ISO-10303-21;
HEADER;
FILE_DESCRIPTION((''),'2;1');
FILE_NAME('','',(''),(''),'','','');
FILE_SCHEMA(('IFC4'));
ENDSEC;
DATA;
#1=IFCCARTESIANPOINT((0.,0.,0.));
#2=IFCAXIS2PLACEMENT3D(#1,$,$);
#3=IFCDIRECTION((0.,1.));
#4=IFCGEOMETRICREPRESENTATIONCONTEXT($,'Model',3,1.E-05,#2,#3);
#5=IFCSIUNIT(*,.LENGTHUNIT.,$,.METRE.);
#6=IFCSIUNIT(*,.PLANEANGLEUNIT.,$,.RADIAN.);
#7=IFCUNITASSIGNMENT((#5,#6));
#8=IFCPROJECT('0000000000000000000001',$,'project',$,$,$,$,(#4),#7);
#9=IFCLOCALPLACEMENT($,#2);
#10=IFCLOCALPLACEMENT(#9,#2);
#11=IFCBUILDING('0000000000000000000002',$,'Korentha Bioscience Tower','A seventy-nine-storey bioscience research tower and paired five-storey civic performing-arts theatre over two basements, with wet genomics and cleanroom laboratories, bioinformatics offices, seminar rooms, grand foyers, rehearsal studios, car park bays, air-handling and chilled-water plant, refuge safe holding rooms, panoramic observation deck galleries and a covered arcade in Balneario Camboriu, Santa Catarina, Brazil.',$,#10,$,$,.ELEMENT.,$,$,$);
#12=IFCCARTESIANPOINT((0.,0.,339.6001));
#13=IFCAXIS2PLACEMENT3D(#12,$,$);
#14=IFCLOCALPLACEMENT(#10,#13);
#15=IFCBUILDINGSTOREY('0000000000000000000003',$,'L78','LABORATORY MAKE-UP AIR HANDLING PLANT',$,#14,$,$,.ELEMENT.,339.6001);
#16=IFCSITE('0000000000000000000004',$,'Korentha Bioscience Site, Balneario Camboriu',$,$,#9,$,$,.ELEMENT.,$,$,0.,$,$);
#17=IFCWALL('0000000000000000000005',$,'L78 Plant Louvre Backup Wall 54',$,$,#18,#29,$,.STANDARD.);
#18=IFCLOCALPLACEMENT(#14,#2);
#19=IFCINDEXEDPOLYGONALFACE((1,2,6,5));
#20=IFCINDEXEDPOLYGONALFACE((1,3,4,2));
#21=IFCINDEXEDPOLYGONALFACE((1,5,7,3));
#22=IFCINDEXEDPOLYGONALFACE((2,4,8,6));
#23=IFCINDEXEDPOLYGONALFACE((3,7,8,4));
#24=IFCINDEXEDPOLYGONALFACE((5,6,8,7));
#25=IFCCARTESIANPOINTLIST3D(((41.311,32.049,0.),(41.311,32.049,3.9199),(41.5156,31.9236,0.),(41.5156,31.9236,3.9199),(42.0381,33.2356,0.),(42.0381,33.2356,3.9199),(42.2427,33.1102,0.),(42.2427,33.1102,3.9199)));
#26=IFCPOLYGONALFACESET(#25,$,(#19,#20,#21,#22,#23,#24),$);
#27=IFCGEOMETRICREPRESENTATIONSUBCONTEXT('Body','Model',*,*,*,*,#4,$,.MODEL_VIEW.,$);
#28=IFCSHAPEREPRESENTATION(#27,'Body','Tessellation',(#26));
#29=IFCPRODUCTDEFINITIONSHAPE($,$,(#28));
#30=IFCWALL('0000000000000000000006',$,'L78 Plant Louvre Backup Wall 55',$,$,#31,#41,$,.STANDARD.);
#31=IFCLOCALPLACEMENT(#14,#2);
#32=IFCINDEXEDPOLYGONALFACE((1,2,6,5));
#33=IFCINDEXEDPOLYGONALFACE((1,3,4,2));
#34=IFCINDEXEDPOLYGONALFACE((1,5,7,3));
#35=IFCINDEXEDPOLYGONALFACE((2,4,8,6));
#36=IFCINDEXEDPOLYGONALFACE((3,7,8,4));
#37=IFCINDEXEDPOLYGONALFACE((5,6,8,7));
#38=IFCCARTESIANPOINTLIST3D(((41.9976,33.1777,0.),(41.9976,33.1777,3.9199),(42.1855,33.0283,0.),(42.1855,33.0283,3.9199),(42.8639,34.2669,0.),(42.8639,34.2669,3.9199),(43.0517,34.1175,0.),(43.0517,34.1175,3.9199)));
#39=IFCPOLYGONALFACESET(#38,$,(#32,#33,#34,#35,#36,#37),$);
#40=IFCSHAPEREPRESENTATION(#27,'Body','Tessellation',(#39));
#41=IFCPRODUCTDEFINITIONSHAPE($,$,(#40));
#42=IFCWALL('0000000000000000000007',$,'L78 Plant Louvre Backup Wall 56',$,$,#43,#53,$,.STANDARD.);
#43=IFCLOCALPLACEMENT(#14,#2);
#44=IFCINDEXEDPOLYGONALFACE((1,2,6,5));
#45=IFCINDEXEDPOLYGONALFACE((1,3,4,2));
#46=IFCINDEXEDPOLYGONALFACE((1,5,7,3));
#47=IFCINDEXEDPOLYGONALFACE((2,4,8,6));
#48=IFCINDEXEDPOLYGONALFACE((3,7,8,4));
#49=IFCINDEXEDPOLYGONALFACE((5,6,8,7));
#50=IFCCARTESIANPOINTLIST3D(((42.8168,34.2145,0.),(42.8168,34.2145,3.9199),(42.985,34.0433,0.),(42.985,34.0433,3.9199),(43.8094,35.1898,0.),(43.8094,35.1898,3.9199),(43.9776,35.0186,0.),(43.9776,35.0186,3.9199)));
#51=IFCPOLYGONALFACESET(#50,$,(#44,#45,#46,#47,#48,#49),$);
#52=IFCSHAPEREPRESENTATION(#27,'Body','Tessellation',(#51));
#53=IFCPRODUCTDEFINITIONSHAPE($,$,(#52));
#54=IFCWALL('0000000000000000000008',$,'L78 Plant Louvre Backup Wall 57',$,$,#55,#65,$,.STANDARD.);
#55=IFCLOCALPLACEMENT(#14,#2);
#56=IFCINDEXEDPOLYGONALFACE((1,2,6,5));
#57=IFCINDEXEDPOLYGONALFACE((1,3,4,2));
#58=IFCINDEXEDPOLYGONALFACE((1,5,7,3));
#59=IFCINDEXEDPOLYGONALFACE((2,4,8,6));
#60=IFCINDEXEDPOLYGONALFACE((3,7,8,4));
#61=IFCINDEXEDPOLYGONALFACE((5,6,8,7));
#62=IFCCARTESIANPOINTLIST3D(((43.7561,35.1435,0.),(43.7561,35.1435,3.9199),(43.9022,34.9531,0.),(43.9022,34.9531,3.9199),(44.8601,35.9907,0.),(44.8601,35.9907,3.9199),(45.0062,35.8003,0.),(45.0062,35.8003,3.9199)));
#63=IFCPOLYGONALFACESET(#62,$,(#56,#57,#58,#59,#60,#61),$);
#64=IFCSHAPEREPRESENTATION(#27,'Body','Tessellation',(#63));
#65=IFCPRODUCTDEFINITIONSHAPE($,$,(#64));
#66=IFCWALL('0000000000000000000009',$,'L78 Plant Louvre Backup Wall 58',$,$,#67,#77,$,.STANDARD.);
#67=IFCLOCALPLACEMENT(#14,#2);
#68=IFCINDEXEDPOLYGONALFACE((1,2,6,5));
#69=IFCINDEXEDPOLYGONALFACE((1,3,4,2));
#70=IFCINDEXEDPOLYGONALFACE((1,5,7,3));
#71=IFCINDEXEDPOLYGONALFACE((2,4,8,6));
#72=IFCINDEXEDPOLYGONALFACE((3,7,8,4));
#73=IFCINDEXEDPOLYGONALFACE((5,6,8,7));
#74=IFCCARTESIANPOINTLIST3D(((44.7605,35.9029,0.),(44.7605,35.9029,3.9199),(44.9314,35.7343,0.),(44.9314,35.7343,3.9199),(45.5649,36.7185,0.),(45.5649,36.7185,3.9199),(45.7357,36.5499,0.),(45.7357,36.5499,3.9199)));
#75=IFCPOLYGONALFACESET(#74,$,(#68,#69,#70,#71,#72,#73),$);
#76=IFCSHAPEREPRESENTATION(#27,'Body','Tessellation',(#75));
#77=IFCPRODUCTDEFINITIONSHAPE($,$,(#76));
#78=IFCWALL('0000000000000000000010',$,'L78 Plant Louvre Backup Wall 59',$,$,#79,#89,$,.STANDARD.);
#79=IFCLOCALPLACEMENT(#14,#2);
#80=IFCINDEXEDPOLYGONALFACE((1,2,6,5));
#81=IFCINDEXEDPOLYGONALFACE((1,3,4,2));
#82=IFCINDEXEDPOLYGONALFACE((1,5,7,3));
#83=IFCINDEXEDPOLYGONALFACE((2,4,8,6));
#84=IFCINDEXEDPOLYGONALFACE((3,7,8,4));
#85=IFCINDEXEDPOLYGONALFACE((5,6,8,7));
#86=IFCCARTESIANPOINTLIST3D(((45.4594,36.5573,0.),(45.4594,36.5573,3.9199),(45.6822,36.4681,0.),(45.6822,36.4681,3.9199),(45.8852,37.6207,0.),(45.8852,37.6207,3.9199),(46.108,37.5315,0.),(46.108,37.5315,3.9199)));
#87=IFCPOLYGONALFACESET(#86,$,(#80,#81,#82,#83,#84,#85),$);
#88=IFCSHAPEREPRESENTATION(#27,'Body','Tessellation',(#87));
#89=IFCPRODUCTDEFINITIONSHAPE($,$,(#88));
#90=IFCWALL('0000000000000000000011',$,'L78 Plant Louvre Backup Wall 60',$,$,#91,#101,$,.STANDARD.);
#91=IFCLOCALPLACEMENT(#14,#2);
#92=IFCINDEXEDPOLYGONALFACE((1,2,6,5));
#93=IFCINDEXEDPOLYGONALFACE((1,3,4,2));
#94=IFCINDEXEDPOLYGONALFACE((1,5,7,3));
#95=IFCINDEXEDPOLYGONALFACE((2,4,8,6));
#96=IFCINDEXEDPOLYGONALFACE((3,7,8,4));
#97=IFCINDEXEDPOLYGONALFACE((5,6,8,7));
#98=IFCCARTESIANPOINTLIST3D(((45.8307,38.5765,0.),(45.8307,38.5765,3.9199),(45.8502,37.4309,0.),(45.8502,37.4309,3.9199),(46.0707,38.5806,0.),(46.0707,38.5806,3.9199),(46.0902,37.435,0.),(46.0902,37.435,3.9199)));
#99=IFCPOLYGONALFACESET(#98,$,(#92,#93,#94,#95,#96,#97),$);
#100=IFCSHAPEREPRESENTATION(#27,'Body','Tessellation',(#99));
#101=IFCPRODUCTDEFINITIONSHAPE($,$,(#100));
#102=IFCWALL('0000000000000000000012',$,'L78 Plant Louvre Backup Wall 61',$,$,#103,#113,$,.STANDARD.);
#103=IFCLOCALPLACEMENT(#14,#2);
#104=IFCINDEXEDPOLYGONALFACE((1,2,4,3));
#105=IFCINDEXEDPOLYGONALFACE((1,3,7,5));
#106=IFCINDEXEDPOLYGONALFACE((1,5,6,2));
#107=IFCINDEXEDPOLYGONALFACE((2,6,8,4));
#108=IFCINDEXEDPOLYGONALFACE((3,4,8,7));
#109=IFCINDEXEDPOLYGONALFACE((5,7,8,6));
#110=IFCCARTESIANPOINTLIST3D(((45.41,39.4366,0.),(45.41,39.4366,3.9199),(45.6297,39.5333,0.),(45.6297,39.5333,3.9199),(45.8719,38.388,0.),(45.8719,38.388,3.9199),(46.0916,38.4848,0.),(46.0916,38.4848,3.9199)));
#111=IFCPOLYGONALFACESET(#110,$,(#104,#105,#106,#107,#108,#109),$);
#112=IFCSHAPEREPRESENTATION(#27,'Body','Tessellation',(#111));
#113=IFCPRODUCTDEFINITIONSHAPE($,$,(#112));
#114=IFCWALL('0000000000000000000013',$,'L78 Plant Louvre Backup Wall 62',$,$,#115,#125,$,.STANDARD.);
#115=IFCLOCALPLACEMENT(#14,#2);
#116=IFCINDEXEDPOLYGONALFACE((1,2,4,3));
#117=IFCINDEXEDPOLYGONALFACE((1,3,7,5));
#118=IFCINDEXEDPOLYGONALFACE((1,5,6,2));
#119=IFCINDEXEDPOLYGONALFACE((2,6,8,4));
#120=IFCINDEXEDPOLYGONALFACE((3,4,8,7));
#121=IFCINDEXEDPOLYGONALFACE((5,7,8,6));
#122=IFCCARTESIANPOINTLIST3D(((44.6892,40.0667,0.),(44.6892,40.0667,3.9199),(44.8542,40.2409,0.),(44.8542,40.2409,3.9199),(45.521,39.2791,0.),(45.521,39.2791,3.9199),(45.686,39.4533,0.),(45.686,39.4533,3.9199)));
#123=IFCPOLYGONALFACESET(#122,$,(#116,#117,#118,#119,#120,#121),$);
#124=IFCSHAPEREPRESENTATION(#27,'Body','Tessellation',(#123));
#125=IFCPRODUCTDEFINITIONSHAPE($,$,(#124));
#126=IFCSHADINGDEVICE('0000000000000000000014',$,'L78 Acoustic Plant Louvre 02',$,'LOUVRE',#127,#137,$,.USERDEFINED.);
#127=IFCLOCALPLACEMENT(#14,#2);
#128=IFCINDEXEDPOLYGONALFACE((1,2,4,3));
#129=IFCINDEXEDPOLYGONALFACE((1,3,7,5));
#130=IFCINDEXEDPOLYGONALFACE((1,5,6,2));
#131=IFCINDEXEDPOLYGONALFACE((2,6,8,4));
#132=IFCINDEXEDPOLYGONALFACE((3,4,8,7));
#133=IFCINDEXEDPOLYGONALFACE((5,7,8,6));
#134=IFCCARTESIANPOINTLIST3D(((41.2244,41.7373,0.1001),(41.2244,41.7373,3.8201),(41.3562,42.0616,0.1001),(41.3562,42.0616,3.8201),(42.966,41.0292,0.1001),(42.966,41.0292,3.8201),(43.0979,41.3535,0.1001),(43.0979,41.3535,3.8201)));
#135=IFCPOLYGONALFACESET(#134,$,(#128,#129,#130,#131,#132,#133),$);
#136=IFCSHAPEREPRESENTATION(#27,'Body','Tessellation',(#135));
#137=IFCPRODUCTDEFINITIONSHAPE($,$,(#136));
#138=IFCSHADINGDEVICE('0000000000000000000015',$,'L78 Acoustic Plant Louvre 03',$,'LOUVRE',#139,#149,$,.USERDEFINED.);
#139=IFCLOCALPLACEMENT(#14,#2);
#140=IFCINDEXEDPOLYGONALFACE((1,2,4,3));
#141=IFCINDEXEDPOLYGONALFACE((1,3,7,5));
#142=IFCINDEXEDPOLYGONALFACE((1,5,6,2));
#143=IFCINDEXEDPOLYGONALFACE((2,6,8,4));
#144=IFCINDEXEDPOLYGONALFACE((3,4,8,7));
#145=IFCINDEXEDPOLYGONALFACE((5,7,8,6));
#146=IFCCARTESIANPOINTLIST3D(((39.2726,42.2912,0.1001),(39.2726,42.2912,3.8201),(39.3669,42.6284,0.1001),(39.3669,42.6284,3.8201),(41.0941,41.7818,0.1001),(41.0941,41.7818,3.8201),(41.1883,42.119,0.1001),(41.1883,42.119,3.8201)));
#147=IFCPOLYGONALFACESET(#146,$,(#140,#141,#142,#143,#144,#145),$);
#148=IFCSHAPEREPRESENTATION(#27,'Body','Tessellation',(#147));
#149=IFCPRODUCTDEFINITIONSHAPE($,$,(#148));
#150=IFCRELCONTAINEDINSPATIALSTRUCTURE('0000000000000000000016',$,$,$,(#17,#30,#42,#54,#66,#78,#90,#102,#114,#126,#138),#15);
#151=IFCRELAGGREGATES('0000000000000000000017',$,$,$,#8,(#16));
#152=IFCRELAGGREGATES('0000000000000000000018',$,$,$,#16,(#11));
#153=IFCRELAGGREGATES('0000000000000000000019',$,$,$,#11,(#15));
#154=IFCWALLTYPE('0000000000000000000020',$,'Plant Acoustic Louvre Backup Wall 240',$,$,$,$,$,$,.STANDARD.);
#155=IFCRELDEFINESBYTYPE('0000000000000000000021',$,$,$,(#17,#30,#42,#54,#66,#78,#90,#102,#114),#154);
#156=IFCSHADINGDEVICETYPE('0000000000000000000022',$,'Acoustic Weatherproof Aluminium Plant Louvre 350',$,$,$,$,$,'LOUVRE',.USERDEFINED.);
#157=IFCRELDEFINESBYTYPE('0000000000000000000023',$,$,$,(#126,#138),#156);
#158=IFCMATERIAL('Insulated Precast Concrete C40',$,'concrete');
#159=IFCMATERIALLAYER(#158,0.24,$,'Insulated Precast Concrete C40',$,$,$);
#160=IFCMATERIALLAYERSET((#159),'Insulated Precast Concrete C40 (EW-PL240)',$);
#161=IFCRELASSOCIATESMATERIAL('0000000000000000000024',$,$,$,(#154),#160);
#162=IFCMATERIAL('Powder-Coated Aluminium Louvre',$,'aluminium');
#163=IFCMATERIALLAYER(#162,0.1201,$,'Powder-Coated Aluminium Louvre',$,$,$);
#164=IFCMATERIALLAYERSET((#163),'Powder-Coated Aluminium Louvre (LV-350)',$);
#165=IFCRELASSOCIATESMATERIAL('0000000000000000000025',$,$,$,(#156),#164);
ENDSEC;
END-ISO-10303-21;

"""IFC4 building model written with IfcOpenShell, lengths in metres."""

from ifc_helpers import new_model, si_unit, direction, frame, frame_2d, origin, origin_2d, place, context, subcontext, project, spatial, rectangle, extrude, material, layer, layer_set, type_object, element, save


model = new_model("IFC4")

# Units and contexts
model_context = context("Model", 3, precision=1e-05, world=origin(), true_north=direction((0.0, 1.0)))
body_context = subcontext(model_context, "Body", "Model", "MODEL_VIEW")
ifc_project = project(units=[si_unit("LENGTHUNIT", "METRE"), si_unit("PLANEANGLEUNIT", "RADIAN")], contexts=[model_context])

# Site, building, storey
site_placement = place(None, origin())
site = spatial("IfcSite", under=ifc_project, at=site_placement, Name="Korentha Bioscience Site, Balneario Camboriu", CompositionType="ELEMENT", RefElevation=0.0)
building_placement = place(site_placement, origin())
building = spatial("IfcBuilding", under=site, at=building_placement, Name="Korentha Bioscience Tower", Description="A seventy-nine-storey bioscience research tower and paired five-storey civic performing-arts theatre over two basements, with wet genomics and cleanroom laboratories, bioinformatics offices, seminar rooms, grand foyers, rehearsal studios, car park bays, air-handling and chilled-water plant, refuge safe holding rooms, panoramic observation deck galleries and a covered arcade in Balneario Camboriu, Santa Catarina, Brazil.", CompositionType="ELEMENT")
storey_placement = place(building_placement, frame((0.0, 0.0, 339.6001)))
storey = spatial("IfcBuildingStorey", under=building, at=storey_placement, Name="L78", Description="LABORATORY MAKE-UP AIR HANDLING PLANT", CompositionType="ELEMENT", Elevation=339.6001)

# Walls
ifc_material_1 = material(Name="Insulated Precast Concrete C40", Category="concrete")
ifc_layer_1 = layer(ifc_material_1, 0.24, Name="Insulated Precast Concrete C40")
ifc_layer_set_1 = layer_set([ifc_layer_1], Name="Insulated Precast Concrete C40 (EW-PL240)")
wall_type = type_object("IfcWallType", Name="Plant Acoustic Louvre Backup Wall 240", PredefinedType="STANDARD", material=ifc_layer_set_1)
for number, where, z_axis, x_axis, name in (
    (1, (41.4133, 31.9863, 0.0), (0.0, 0.0, 1.0), (0.522472, 0.852657, 0.0), "L78 Plant Louvre Backup Wall 54"),
    (2, (42.0916, 33.103, 0.0), (0.0, 0.0, 1.0), (0.622467, 0.782646, 0.0), "L78 Plant Louvre Backup Wall 55"),
    (3, (42.9009, 34.1289, 0.0), (0.0, 0.0, 1.0), (0.713307, 0.700852, 0.0), "L78 Plant Louvre Backup Wall 56"),
    (4, (43.8291, 35.0483, 0.0), (0.0, 0.0, 1.0), (0.793341, 0.608778, 0.0), "L78 Plant Louvre Backup Wall 57"),
):
    element("IfcWall", number, at=place(storey_placement, frame(where, z_axis=z_axis, x_axis=x_axis)), inside=storey, type_object=wall_type, Name=name, PredefinedType="STANDARD", context=body_context, shape_type="SweptSolid", body=[
        extrude(rectangle(XDim=1.3916, YDim=0.24, at=frame_2d((0.6958, 0.0))), origin(), (0.0, 0.0, 1.0), 3.9199),
    ])
for number, where, z_axis, x_axis, name in (
    (5, (44.8459, 35.8186, 0.0), (0.0, 0.0, 1.0), (0.702188, 0.711991, 0.0), "L78 Plant Louvre Backup Wall 58"),
    (6, (45.5708, 36.5127, 0.0), (0.0, 0.0, 1.0), (0.371685, 0.928359, 0.0), "L78 Plant Louvre Backup Wall 59"),
):
    element("IfcWall", number, at=place(storey_placement, frame(where, z_axis=z_axis, x_axis=x_axis)), inside=storey, type_object=wall_type, Name=name, PredefinedType="STANDARD", context=body_context, shape_type="SweptSolid", body=[
        extrude(rectangle(XDim=1.1455, YDim=0.24, at=frame_2d((0.5728, 0.0))), origin(), (0.0, 0.0, 1.0), 3.9199),
    ])
for number, where, z_axis, x_axis, name in (
    (7, (45.9702, 37.4331, 0.0), (0.0, 0.0, 1.0), (-0.017048, 0.999855, 0.0), "L78 Plant Louvre Backup Wall 60"),
    (8, (45.9817, 38.4365, 0.0), (0.0, 0.0, 1.0), (-0.403131, 0.915142, 0.0), "L78 Plant Louvre Backup Wall 61"),
):
    element("IfcWall", number, at=place(storey_placement, frame(where, z_axis=z_axis, x_axis=x_axis)), inside=storey, type_object=wall_type, Name=name, PredefinedType="STANDARD", context=body_context, shape_type="SweptSolid", body=[
        extrude(rectangle(XDim=1.1458, YDim=0.24, at=frame_2d((0.5728, 0.0))), origin(), (0.0, 0.0, 1.0), 3.9199),
    ])
wall_1_placement = place(storey_placement, frame((45.6035, 39.3662, 0.0), z_axis=(0.0, 0.0, 1.0), x_axis=(-0.726132, 0.687555, 0.0)))
element("IfcWall", 9, at=wall_1_placement, inside=storey, type_object=wall_type, Name="L78 Plant Louvre Backup Wall 62", PredefinedType="STANDARD", context=body_context, shape_type="SweptSolid", body=[
    extrude(rectangle(XDim=1.1455, YDim=0.24, at=frame_2d((0.5728, 0.0))), origin(), (0.0, 0.0, 1.0), 3.9199),
])

# Shading devices
ifc_material_2 = material(Name="Powder-Coated Aluminium Louvre", Category="aluminium")
ifc_layer_2 = layer(ifc_material_2, 0.1201, Name="Powder-Coated Aluminium Louvre")
ifc_layer_set_2 = layer_set([ifc_layer_2], Name="Powder-Coated Aluminium Louvre (LV-350)")
shading_device_type = type_object("IfcShadingDeviceType", Name="Acoustic Weatherproof Aluminium Plant Louvre 350", ElementType="LOUVRE", PredefinedType="USERDEFINED", material=ifc_layer_set_2)
shading_device_1_placement = place(storey_placement, frame((42.1611, 41.5454, 0.1001), z_axis=(0.0, 0.0, 1.0), x_axis=(-0.926359, 0.376641, 0.0)))
element("IfcShadingDevice", 10, at=shading_device_1_placement, inside=storey, type_object=shading_device_type, Name="L78 Acoustic Plant Louvre 02", ObjectType="LOUVRE", PredefinedType="USERDEFINED", context=body_context, shape_type="SweptSolid", body=[
    extrude(rectangle(XDim=1.8801, YDim=0.3501, at=origin_2d()), origin(), (0.0, 0.0, 1.0), 3.72),
])
shading_device_2_placement = place(storey_placement, frame((40.2305, 42.2051, 0.1001), z_axis=(0.0, 0.0, 1.0), x_axis=(-0.963049, 0.269328, 0.0)))
element("IfcShadingDevice", 11, at=shading_device_2_placement, inside=storey, type_object=shading_device_type, Name="L78 Acoustic Plant Louvre 03", ObjectType="LOUVRE", PredefinedType="USERDEFINED", context=body_context, shape_type="SweptSolid", body=[
    extrude(rectangle(XDim=1.8914, YDim=0.3501, at=origin_2d()), origin(), (0.0, 0.0, 1.0), 3.72),
])

save(model, "model.ifc")
